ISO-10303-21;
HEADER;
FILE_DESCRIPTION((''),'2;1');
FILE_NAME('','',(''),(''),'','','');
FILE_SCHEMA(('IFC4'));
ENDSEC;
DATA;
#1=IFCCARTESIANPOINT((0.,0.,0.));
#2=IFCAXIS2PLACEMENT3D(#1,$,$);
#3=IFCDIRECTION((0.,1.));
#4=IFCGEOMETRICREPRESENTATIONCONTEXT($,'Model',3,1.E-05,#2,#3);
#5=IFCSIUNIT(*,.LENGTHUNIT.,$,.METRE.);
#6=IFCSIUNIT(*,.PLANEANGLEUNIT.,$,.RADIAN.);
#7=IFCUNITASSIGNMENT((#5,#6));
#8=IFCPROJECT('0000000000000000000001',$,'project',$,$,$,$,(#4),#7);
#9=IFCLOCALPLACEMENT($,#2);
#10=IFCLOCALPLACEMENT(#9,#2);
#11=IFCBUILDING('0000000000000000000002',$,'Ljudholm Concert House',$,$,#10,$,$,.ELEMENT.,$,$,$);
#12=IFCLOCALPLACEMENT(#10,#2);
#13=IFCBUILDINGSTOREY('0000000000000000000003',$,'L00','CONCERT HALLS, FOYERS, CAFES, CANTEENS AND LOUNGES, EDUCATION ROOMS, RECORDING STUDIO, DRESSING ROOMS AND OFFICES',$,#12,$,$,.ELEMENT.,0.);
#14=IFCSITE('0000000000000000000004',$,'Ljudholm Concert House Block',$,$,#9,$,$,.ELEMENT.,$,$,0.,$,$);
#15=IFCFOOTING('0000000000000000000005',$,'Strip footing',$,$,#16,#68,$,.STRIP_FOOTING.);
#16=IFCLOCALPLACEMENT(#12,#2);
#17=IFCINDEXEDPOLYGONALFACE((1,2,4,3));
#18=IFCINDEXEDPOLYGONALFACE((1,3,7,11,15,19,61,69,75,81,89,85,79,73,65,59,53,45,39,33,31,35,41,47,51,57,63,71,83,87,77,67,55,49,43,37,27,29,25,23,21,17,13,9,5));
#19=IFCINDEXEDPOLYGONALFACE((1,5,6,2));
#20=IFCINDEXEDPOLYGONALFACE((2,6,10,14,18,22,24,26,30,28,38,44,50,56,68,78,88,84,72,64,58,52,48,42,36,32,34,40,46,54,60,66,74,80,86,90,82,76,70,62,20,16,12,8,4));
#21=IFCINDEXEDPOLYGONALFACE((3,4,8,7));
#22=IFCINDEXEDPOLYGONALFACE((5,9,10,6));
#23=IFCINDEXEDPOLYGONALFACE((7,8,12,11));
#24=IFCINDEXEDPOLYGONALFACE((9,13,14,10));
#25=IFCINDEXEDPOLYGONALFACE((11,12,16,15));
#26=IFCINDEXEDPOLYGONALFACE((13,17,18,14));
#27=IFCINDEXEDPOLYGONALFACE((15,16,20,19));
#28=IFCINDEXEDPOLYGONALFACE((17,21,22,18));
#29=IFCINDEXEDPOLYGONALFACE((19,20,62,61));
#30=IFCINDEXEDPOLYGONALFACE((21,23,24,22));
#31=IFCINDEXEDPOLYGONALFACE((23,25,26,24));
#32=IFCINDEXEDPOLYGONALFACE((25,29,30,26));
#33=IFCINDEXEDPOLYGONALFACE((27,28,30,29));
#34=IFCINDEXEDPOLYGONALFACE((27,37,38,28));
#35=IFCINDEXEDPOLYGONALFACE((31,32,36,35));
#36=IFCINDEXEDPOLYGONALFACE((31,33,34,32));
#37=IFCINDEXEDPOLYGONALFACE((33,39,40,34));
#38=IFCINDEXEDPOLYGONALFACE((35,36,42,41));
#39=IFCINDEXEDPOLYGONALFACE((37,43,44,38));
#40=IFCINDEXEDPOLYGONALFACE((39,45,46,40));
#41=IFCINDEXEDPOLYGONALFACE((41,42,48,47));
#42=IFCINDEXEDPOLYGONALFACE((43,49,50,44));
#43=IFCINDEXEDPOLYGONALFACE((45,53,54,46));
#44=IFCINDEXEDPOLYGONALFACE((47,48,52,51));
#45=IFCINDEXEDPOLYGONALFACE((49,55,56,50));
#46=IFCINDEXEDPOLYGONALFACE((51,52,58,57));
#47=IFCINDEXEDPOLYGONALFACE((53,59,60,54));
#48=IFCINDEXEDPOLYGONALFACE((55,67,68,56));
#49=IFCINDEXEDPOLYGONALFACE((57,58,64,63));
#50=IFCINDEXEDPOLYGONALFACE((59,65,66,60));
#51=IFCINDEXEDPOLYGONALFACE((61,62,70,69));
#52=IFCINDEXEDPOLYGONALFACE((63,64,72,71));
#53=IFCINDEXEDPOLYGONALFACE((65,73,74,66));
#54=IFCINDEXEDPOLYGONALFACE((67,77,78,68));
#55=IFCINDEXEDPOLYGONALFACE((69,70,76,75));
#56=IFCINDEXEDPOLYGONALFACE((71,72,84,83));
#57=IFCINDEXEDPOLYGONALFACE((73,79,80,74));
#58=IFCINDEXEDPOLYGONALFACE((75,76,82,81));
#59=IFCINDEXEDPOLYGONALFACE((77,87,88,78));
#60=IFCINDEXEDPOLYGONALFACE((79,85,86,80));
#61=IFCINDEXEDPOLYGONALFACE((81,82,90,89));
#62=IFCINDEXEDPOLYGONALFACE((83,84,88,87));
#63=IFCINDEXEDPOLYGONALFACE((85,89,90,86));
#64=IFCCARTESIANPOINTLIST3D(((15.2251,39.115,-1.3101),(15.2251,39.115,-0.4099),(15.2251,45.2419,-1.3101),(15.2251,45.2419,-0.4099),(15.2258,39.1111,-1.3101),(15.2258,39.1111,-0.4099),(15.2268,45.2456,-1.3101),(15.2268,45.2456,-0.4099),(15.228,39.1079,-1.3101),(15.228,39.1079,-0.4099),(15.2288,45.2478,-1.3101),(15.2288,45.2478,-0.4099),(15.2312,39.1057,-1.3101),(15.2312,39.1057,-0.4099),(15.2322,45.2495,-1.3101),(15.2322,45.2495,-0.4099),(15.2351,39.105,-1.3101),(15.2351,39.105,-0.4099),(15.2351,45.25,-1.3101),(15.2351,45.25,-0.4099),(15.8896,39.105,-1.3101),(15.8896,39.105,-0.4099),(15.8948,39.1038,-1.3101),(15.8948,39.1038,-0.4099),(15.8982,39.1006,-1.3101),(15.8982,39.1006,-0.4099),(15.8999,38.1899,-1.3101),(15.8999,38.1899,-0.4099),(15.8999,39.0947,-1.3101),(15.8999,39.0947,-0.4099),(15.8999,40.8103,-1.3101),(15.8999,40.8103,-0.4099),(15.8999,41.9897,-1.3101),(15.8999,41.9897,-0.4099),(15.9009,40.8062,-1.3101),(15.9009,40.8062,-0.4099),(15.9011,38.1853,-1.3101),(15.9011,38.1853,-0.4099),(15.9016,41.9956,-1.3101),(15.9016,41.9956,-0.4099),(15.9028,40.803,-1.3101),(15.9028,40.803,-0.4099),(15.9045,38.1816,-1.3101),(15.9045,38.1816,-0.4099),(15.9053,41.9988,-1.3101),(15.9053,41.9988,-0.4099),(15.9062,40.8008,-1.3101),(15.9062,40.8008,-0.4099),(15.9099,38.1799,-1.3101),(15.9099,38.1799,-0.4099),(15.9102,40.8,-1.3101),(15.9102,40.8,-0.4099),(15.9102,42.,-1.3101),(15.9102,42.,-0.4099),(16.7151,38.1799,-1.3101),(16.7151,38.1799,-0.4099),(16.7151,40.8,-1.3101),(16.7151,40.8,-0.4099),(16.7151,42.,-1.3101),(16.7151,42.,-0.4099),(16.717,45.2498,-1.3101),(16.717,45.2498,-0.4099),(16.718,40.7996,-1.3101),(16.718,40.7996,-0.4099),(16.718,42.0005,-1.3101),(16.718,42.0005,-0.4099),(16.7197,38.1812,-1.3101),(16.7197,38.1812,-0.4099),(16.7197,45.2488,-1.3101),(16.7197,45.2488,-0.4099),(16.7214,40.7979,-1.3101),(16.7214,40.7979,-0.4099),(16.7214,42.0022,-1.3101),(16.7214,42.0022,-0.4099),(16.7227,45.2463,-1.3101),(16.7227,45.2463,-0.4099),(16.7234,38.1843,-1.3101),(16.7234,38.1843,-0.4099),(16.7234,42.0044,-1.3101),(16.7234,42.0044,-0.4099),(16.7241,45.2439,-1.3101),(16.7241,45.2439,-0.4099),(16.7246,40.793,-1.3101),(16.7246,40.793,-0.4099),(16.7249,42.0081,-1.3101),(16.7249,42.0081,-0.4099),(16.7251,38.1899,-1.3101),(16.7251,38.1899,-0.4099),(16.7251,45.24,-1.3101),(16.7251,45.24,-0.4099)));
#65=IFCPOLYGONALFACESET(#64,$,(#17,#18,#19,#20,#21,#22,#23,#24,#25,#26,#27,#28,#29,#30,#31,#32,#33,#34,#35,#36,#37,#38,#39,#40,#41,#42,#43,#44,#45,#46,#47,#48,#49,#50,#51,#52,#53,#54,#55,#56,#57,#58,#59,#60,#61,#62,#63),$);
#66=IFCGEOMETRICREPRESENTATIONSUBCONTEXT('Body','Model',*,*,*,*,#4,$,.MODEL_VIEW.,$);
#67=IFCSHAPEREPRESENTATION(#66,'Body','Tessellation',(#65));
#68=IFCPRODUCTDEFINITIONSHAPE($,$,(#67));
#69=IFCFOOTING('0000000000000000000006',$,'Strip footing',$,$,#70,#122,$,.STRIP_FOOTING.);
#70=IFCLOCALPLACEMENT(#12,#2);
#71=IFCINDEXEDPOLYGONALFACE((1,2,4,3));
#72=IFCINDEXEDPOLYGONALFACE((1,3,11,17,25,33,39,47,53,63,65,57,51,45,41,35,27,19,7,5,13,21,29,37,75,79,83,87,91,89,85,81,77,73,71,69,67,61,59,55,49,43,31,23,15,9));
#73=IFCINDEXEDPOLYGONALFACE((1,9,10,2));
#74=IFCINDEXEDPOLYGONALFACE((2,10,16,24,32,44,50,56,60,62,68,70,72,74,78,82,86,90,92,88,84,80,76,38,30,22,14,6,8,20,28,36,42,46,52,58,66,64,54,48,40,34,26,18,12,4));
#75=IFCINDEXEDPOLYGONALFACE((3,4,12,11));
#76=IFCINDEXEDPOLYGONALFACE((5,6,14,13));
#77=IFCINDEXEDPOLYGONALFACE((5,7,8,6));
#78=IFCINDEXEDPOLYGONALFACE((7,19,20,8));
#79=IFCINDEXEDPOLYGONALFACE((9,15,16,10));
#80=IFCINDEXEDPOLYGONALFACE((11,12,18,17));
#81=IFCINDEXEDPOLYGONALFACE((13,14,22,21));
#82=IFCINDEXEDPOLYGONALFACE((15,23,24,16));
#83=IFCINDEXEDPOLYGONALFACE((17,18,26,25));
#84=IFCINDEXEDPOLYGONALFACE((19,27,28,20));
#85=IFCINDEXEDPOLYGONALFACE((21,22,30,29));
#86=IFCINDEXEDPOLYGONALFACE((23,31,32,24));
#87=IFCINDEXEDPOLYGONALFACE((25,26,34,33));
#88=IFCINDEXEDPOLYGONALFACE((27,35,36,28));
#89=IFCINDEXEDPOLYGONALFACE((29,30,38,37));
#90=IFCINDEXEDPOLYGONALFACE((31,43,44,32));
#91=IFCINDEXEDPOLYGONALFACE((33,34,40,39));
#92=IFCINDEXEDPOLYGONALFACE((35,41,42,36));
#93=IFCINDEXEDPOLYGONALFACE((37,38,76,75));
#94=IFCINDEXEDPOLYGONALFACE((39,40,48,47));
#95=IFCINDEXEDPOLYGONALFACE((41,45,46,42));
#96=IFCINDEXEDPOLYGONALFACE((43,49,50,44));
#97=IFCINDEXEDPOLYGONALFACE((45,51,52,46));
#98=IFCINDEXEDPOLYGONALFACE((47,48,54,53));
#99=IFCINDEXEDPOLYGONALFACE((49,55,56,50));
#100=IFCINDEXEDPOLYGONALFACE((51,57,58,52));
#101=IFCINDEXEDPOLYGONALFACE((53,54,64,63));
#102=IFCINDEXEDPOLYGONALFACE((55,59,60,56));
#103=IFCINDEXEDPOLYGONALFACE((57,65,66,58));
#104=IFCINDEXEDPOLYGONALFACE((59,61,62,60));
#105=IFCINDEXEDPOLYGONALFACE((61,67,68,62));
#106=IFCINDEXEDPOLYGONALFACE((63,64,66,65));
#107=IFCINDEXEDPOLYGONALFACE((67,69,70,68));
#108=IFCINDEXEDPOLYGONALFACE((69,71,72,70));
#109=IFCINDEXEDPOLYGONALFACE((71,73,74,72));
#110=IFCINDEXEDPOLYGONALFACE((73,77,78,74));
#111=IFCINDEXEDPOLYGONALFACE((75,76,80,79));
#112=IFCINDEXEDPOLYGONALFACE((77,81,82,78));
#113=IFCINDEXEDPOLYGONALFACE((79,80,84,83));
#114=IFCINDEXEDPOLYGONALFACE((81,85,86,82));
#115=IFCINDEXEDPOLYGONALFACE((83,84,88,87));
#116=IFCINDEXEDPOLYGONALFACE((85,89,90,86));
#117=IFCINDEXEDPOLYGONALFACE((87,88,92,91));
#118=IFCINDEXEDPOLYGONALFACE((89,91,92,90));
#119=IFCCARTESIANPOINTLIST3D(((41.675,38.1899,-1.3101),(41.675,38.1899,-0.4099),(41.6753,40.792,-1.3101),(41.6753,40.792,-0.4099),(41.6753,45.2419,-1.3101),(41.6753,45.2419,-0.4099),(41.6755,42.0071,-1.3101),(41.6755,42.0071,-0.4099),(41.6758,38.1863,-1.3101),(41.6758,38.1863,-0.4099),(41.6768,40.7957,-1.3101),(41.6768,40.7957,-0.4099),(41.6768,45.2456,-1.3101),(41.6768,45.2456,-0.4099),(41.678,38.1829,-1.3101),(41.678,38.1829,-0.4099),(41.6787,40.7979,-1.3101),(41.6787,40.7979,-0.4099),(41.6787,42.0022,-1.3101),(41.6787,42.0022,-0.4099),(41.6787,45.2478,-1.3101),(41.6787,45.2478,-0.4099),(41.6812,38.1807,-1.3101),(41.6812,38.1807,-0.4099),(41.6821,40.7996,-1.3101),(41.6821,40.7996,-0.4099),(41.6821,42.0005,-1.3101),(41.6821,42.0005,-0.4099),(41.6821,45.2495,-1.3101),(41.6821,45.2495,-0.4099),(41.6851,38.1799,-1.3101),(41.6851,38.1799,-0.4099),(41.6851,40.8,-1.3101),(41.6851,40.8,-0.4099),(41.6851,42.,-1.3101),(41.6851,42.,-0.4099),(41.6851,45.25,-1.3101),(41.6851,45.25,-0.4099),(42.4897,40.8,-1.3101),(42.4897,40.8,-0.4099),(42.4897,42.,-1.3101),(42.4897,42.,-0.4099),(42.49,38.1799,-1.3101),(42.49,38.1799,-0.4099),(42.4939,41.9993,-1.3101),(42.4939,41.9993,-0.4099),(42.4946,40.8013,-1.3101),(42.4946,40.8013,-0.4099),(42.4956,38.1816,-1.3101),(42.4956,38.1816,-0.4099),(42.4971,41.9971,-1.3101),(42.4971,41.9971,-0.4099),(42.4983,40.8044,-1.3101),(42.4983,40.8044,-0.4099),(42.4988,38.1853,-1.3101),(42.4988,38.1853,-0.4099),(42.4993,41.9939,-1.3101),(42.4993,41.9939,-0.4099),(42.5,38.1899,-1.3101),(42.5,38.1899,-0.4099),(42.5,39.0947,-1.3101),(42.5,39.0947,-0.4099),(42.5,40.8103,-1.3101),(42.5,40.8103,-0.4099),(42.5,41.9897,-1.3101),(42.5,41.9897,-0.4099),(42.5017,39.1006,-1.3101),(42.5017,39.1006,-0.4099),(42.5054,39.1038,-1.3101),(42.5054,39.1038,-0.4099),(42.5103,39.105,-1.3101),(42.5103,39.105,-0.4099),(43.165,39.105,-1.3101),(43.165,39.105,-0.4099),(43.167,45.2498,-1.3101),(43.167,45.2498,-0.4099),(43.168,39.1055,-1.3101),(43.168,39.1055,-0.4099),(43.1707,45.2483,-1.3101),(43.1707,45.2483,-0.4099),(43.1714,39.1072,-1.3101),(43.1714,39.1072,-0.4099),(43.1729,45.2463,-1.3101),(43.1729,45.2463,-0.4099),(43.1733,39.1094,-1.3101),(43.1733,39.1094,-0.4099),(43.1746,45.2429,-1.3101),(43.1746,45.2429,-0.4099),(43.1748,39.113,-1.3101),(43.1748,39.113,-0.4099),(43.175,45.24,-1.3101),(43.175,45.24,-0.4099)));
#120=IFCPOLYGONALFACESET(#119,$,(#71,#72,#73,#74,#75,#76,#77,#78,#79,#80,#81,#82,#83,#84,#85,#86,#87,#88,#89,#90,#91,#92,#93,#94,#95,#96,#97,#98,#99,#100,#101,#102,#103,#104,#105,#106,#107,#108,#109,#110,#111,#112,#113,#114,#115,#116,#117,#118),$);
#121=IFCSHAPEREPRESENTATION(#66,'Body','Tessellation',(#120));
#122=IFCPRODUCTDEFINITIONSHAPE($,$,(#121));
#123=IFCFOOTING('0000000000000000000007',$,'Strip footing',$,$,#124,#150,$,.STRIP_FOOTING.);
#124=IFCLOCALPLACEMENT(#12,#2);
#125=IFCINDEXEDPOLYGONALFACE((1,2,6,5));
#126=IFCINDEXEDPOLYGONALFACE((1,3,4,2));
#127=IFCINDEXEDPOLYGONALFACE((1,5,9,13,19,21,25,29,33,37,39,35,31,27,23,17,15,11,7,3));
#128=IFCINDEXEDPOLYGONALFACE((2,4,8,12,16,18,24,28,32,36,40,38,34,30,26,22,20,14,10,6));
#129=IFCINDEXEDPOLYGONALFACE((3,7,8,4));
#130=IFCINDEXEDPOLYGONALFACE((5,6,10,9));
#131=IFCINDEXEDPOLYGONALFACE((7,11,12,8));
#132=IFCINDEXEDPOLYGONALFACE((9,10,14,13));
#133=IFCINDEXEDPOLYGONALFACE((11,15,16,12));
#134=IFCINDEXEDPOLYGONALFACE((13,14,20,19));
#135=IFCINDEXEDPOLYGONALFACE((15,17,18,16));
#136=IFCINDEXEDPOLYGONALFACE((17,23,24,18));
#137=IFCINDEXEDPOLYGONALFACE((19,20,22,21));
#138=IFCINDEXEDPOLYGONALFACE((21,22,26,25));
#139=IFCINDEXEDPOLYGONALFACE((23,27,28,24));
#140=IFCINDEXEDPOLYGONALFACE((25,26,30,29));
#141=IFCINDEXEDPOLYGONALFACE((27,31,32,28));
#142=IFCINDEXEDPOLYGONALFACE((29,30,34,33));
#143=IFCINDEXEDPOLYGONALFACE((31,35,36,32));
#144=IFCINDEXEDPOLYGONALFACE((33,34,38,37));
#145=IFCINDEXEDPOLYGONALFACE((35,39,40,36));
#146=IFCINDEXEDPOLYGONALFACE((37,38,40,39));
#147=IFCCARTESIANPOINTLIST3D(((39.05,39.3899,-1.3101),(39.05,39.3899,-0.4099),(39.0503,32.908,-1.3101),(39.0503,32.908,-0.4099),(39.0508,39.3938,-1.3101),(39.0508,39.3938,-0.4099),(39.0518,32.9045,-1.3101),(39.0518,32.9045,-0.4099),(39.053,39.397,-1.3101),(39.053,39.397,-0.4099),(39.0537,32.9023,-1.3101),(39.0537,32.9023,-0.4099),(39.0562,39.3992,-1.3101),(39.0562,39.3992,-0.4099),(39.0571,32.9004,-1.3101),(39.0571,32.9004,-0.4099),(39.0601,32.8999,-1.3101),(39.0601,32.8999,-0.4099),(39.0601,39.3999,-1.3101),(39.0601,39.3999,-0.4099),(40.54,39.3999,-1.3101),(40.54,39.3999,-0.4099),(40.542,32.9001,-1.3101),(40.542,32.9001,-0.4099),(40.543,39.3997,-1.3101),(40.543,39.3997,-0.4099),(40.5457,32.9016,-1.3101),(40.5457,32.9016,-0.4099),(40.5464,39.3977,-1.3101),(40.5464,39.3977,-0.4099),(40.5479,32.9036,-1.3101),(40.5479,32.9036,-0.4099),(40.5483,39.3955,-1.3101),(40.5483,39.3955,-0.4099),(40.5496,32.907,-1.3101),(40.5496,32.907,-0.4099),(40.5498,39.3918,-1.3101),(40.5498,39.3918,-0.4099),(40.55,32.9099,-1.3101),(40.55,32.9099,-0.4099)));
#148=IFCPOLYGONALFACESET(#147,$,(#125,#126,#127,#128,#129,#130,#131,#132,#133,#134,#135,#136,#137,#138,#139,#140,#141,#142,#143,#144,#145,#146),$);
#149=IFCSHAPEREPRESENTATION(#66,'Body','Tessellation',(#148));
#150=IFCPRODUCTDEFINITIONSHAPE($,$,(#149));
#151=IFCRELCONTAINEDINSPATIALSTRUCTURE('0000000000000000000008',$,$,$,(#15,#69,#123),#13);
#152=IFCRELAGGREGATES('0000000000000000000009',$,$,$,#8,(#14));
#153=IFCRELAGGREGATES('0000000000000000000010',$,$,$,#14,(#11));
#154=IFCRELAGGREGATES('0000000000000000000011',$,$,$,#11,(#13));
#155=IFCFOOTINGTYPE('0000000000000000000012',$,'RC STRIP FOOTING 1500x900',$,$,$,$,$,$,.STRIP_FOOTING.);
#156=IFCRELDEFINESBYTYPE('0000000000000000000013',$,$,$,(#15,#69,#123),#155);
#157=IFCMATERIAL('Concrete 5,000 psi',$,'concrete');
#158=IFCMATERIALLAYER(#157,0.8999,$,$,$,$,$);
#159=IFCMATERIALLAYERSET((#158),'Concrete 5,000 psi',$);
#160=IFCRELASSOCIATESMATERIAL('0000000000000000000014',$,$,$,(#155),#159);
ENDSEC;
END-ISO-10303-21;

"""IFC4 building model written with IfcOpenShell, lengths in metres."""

from ifc_helpers import new_model, si_unit, direction, frame, origin, place, context, subcontext, project, spatial, polyline, outline, extrude, material, layer, layer_set, type_object, element, save


model = new_model("IFC4")

# Units and contexts
model_context = context("Model", 3, precision=1e-05, world=origin(), true_north=direction((0.0, 1.0)))
body_context = subcontext(model_context, "Body", "Model", "MODEL_VIEW")
ifc_project = project(units=[si_unit("LENGTHUNIT", "METRE"), si_unit("PLANEANGLEUNIT", "RADIAN")], contexts=[model_context])

# Site, building, storey
site_placement = place(None, origin())
site = spatial("IfcSite", under=ifc_project, at=site_placement, Name="Ljudholm Concert House Block", CompositionType="ELEMENT", RefElevation=0.0)
building_placement = place(site_placement, origin())
building = spatial("IfcBuilding", under=site, at=building_placement, Name="Ljudholm Concert House", CompositionType="ELEMENT")
storey_placement = place(building_placement, origin())
storey = spatial("IfcBuildingStorey", under=building, at=storey_placement, Name="L00", Description="CONCERT HALLS, FOYERS, CAFES, CANTEENS AND LOUNGES, EDUCATION ROOMS, RECORDING STUDIO, DRESSING ROOMS AND OFFICES", CompositionType="ELEMENT", Elevation=0.0)

# Footings
ifc_material_1 = material(Name="Concrete 5,000 psi", Category="concrete")
ifc_layer_1 = layer(ifc_material_1, 0.8999)
ifc_layer_set_1 = layer_set([ifc_layer_1], Name="Concrete 5,000 psi")
footing_type_1 = type_object("IfcFootingType", Name="RC STRIP FOOTING 1500x900", PredefinedType="STRIP_FOOTING", material=ifc_layer_set_1)
footing_1_placement = place(storey_placement, frame((0.0, 0.0, -1.3101)))
element("IfcFooting", 1, at=footing_1_placement, inside=storey, type_object=footing_type_1, Name="Strip footing", PredefinedType="STRIP_FOOTING", context=body_context, shape_type="SweptSolid", body=[
    extrude(outline(polyline([(15.2351, 39.105), (15.8896, 39.105), (15.8948, 39.1038), (15.8982, 39.1006), (15.8999, 39.0947), (15.8999, 38.1899), (15.9011, 38.1853), (15.9045, 38.1816), (15.9099, 38.1799), (16.7151, 38.1799), (16.7197, 38.1812), (16.7234, 38.1843), (16.7251, 38.1899), (16.7246, 40.793), (16.7214, 40.7979), (16.718, 40.7996), (16.7151, 40.8), (15.9102, 40.8), (15.9062, 40.8008), (15.9028, 40.803), (15.9009, 40.8062), (15.8999, 40.8103), (15.8999, 41.9897), (15.9016, 41.9956), (15.9053, 41.9988), (15.9102, 42.0), (16.7151, 42.0), (16.718, 42.0005), (16.7214, 42.0022), (16.7234, 42.0044), (16.7249, 42.0081), (16.7251, 45.24), (16.7241, 45.2439), (16.7227, 45.2463), (16.7197, 45.2488), (16.717, 45.2498), (15.2351, 45.25), (15.2322, 45.2495), (15.2288, 45.2478), (15.2268, 45.2456), (15.2251, 45.2419), (15.2251, 39.115), (15.2258, 39.1111), (15.228, 39.1079), (15.2312, 39.1057), (15.2351, 39.105)])), origin(), (0.0, 0.0, 1.0), 0.9001),
])
footing_2_placement = place(storey_placement, frame((0.0, 0.0, -1.3101)))
element("IfcFooting", 2, at=footing_2_placement, inside=storey, type_object=footing_type_1, Name="Strip footing", PredefinedType="STRIP_FOOTING", context=body_context, shape_type="SweptSolid", body=[
    extrude(outline(polyline([(41.6851, 38.1799), (42.49, 38.1799), (42.4956, 38.1816), (42.4988, 38.1853), (42.5, 38.1899), (42.5, 39.0947), (42.5017, 39.1006), (42.5054, 39.1038), (42.5103, 39.105), (43.165, 39.105), (43.168, 39.1055), (43.1714, 39.1072), (43.1733, 39.1094), (43.1748, 39.113), (43.175, 45.24), (43.1746, 45.2429), (43.1729, 45.2463), (43.1707, 45.2483), (43.167, 45.2498), (41.6851, 45.25), (41.6821, 45.2495), (41.6787, 45.2478), (41.6768, 45.2456), (41.6753, 45.2419), (41.6755, 42.0071), (41.6787, 42.0022), (41.6821, 42.0005), (41.6851, 42.0), (42.4897, 42.0), (42.4939, 41.9993), (42.4971, 41.9971), (42.4993, 41.9939), (42.5, 41.9897), (42.5, 40.8103), (42.4983, 40.8044), (42.4946, 40.8013), (42.4897, 40.8), (41.6851, 40.8), (41.6821, 40.7996), (41.6787, 40.7979), (41.6768, 40.7957), (41.6753, 40.792), (41.675, 38.1899), (41.6758, 38.1863), (41.678, 38.1829), (41.6812, 38.1807), (41.6851, 38.1799)])), origin(), (0.0, 0.0, 1.0), 0.9001),
])
footing_3_placement = place(storey_placement, frame((0.0, 0.0, -1.3101)))
element("IfcFooting", 3, at=footing_3_placement, inside=storey, type_object=footing_type_1, Name="Strip footing", PredefinedType="STRIP_FOOTING", context=body_context, shape_type="SweptSolid", body=[
    extrude(outline(polyline([(39.05, 39.3899), (39.0503, 32.908), (39.0518, 32.9045), (39.0537, 32.9023), (39.0571, 32.9004), (39.0601, 32.8999), (40.542, 32.9001), (40.5457, 32.9016), (40.5479, 32.9036), (40.5496, 32.907), (40.55, 32.9099), (40.5498, 39.3918), (40.5483, 39.3955), (40.5464, 39.3977), (40.543, 39.3997), (40.54, 39.3999), (39.0601, 39.3999), (39.0562, 39.3992), (39.053, 39.397), (39.0508, 39.3938), (39.05, 39.3899)])), origin(), (0.0, 0.0, 1.0), 0.9001),
])

save(model, "model.ifc")
